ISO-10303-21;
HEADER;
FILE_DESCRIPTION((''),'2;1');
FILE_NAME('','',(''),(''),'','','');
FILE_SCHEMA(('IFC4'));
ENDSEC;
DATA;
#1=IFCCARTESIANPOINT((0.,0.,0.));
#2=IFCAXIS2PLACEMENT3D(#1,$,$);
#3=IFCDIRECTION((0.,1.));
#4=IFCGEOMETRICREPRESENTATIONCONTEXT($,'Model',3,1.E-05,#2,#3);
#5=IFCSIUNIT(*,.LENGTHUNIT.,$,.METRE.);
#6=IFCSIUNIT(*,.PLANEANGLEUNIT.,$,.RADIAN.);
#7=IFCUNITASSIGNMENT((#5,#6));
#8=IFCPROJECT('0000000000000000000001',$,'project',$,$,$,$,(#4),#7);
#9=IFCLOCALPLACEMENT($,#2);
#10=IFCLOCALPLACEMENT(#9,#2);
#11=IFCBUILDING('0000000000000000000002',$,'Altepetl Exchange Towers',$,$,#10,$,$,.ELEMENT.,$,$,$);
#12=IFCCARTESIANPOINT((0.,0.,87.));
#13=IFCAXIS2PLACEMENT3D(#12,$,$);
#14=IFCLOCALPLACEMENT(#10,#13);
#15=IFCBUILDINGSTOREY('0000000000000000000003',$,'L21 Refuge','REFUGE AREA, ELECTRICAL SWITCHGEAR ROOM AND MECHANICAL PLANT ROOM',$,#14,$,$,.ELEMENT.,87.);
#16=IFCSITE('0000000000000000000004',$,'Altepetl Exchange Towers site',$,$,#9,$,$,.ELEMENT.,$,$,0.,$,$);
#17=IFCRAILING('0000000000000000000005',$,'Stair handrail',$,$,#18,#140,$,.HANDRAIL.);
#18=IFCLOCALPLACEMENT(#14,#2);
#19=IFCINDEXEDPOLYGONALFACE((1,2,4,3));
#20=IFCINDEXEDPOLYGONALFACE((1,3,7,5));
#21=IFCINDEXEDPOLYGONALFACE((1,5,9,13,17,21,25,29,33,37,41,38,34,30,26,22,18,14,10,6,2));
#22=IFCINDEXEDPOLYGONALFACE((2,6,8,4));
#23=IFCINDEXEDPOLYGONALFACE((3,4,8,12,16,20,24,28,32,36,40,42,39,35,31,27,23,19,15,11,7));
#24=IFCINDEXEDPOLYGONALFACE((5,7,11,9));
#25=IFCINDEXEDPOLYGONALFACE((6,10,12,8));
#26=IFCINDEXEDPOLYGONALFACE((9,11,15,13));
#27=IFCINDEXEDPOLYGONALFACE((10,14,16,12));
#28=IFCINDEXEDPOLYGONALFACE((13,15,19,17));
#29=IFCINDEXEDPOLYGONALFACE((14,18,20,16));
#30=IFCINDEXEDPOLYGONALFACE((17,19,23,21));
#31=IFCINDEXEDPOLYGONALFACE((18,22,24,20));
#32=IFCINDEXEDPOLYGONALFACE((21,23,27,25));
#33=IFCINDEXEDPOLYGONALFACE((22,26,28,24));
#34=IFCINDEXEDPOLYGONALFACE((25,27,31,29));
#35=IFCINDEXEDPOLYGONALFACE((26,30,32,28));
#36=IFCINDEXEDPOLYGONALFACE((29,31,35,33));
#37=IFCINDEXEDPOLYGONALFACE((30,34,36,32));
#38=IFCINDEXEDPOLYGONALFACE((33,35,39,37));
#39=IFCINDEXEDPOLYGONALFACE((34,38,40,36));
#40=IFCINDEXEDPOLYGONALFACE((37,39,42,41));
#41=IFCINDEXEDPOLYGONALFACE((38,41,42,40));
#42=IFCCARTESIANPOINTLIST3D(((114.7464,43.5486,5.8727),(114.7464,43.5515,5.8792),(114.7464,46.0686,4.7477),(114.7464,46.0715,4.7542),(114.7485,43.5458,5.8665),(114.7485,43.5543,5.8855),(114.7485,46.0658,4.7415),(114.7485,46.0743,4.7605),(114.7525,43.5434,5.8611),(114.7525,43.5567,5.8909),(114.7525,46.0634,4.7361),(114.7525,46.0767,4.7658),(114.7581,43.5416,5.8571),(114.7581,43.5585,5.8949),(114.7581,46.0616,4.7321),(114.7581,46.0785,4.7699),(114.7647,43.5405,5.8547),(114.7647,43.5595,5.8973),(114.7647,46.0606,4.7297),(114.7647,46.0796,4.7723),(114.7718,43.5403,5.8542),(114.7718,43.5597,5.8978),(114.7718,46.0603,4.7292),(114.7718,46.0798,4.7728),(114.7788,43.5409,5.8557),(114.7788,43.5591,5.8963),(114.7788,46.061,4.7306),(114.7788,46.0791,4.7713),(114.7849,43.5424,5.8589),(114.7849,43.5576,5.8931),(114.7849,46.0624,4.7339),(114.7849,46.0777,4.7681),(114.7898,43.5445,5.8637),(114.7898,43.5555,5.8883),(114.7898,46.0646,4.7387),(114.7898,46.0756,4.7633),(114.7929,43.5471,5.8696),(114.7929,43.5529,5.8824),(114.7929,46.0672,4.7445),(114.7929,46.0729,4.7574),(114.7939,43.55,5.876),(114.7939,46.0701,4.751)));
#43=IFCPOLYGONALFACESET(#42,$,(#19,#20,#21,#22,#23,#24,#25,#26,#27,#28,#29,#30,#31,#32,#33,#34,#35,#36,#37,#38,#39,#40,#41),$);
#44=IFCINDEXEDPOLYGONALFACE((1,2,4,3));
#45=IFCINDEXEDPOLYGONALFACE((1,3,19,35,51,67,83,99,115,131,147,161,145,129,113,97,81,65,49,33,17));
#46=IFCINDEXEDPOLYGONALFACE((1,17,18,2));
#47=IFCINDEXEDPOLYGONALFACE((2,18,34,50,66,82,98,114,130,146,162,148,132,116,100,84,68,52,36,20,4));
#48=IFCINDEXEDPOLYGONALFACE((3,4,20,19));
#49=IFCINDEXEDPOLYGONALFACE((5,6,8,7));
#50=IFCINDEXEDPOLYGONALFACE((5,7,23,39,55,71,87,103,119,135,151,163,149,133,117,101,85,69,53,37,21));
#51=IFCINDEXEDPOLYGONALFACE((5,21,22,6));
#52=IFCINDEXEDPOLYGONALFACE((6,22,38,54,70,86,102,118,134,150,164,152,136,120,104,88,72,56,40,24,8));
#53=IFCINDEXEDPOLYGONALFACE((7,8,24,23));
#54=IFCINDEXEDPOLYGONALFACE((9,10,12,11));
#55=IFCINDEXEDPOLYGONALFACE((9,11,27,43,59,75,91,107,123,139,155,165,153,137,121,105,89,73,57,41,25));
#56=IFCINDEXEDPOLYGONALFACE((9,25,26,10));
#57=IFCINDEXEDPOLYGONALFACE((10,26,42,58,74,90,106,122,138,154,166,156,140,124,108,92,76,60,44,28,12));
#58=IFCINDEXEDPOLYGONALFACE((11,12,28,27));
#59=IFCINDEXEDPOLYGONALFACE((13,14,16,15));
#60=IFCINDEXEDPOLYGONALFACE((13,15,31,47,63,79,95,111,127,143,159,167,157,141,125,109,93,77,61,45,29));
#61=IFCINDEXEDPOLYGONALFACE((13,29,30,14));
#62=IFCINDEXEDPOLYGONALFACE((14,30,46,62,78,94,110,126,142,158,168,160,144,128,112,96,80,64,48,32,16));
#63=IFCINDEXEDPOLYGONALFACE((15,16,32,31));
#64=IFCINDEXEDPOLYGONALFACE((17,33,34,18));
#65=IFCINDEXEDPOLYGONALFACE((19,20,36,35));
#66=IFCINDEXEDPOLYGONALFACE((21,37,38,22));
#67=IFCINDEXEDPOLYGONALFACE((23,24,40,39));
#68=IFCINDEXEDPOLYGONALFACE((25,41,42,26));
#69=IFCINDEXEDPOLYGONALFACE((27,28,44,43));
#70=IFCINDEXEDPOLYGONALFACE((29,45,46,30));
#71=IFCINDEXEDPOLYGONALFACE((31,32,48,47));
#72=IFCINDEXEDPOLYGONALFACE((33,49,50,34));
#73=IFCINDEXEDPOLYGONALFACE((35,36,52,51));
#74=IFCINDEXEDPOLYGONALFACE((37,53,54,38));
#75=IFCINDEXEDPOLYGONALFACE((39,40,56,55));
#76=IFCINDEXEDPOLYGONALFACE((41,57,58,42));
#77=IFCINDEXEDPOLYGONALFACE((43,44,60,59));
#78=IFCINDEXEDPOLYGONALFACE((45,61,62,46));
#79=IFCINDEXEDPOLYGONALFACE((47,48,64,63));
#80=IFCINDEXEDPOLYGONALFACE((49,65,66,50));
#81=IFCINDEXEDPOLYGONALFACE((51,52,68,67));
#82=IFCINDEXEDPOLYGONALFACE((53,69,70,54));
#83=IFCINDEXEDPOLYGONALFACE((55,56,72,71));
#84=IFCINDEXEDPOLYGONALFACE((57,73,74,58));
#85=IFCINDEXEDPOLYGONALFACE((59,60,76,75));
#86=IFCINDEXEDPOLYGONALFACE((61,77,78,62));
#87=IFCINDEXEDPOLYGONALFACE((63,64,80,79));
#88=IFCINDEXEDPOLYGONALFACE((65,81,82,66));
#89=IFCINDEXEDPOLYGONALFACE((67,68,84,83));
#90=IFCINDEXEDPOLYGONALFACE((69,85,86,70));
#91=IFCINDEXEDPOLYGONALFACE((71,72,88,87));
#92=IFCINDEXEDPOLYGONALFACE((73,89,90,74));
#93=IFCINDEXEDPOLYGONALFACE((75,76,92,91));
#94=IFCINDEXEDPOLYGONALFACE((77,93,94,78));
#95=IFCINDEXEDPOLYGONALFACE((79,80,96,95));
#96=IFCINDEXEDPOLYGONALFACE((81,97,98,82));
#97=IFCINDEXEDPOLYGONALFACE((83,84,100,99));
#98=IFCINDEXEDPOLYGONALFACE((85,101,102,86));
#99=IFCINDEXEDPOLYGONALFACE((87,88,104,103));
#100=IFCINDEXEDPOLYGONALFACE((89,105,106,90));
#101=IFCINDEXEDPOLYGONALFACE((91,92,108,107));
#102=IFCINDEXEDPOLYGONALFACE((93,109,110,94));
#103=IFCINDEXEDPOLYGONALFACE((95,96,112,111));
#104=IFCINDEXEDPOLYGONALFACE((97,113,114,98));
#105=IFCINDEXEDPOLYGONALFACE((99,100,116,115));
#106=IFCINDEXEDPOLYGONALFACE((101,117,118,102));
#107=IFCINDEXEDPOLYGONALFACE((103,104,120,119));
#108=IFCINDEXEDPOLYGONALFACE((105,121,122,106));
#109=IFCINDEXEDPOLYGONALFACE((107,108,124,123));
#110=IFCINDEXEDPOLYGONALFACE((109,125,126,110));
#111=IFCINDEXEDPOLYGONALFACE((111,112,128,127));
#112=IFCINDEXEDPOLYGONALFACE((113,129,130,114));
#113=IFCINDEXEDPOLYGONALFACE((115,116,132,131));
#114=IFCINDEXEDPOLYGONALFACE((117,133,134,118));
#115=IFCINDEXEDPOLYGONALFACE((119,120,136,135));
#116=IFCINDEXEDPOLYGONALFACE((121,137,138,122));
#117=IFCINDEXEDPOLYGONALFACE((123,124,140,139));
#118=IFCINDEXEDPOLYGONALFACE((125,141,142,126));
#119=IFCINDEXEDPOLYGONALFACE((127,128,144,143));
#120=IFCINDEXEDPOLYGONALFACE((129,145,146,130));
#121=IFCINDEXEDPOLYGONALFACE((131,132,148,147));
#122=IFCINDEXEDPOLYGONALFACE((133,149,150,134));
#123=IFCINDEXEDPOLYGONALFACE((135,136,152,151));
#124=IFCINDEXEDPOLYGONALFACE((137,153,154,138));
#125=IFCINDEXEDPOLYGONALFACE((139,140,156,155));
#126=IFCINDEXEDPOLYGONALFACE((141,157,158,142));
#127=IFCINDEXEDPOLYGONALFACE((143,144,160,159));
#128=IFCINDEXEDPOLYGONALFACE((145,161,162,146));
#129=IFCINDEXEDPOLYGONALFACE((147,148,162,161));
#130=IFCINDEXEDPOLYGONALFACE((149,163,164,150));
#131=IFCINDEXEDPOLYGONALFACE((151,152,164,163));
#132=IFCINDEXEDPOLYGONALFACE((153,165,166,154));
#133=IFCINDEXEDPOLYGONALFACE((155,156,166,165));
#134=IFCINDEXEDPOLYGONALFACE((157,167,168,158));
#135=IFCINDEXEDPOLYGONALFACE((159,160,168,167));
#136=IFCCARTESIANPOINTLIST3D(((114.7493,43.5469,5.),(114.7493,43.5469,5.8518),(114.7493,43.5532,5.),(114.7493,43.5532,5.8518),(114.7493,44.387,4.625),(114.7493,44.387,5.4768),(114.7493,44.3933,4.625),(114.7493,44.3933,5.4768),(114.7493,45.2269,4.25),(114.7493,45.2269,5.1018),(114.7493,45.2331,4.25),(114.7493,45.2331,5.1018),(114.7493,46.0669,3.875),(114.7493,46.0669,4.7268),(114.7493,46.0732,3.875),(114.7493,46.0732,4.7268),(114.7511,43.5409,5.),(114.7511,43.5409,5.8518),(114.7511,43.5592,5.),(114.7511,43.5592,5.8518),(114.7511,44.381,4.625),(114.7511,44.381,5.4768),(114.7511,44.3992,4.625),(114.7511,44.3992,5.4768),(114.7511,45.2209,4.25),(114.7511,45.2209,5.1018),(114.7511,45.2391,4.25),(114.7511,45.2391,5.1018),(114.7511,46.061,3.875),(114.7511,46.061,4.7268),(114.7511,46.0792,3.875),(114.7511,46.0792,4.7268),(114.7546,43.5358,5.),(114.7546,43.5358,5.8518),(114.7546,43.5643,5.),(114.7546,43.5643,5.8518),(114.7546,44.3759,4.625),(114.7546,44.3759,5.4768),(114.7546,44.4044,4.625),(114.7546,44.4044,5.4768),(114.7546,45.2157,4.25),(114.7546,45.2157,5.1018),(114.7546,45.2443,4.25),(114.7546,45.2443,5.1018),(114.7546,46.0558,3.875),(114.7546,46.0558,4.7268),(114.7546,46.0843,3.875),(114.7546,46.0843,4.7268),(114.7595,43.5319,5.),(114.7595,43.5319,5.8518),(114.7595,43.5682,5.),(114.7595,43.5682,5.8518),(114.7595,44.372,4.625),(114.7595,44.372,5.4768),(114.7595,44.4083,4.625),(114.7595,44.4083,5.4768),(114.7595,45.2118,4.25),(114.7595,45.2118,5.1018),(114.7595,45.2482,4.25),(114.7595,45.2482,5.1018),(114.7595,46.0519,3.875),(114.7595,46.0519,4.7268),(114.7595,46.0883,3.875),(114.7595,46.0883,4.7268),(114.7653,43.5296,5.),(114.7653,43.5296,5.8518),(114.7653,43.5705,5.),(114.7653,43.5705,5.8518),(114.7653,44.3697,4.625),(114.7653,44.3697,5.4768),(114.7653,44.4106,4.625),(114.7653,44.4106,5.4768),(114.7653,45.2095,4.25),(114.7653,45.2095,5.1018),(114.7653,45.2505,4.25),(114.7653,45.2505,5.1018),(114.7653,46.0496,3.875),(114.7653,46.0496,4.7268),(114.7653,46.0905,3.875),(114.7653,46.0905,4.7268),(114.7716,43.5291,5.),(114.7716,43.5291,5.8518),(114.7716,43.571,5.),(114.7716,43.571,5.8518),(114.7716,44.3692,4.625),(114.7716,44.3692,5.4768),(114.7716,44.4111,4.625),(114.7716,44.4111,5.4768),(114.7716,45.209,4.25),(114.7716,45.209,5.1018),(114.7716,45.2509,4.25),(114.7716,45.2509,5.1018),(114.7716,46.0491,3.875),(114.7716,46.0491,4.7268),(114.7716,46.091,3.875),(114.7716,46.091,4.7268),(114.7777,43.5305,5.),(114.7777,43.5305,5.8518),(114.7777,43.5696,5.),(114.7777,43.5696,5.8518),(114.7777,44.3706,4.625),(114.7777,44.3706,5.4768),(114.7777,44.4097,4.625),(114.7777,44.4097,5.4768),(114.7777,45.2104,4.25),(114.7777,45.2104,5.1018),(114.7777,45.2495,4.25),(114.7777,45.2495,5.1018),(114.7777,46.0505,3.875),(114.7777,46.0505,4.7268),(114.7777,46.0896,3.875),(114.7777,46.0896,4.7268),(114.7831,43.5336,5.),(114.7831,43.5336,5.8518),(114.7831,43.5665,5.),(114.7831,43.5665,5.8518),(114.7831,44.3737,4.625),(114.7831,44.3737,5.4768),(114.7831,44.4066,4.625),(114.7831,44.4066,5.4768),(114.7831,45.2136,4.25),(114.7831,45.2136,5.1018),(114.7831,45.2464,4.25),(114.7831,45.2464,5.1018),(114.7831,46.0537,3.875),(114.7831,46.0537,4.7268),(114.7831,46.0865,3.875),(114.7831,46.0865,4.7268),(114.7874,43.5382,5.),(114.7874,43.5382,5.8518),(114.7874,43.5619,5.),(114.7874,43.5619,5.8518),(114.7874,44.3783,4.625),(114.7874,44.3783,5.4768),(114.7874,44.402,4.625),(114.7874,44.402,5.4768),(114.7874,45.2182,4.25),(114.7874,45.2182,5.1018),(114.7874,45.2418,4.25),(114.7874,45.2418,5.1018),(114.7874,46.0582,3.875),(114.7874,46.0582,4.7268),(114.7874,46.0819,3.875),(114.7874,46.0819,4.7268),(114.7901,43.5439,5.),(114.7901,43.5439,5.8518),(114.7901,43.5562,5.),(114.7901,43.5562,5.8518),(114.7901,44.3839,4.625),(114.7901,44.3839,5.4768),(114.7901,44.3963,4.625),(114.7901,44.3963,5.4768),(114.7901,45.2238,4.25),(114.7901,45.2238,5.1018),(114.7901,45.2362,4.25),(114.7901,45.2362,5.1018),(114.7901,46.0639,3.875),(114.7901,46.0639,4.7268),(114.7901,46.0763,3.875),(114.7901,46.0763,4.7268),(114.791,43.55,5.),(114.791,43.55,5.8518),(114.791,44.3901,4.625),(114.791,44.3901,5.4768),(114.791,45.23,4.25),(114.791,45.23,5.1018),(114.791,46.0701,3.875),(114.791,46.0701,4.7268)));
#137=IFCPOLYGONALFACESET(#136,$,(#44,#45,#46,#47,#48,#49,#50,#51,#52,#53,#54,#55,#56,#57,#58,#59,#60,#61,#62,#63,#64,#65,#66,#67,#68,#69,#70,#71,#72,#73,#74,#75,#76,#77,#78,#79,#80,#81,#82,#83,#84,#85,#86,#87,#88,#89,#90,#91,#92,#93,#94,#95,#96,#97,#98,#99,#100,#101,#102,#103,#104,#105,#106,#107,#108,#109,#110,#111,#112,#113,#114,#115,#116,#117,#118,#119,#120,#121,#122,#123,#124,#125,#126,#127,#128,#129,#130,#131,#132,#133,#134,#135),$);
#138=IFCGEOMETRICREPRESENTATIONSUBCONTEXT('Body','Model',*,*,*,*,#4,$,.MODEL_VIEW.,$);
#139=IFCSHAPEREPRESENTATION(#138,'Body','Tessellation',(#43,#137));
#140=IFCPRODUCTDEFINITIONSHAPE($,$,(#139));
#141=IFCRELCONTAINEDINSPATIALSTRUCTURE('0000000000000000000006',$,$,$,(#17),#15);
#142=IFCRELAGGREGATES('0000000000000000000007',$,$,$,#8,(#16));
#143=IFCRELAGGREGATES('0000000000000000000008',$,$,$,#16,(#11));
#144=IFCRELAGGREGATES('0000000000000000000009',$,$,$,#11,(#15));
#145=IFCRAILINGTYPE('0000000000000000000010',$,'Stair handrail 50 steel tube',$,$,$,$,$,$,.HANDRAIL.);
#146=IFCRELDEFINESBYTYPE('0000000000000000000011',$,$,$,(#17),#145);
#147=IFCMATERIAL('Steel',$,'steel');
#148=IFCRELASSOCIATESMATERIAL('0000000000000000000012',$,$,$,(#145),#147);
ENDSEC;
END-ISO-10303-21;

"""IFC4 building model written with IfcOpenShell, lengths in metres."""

from ifc_helpers import new_model, si_unit, direction, frame, origin, origin_2d, place, context, subcontext, project, spatial, circle, extrude, source, transform, mapped, material, type_object, element, save


model = new_model("IFC4")

# Units and contexts
model_context = context("Model", 3, precision=1e-05, world=origin(), true_north=direction((0.0, 1.0)))
body_context = subcontext(model_context, "Body", "Model", "MODEL_VIEW")
ifc_project = project(units=[si_unit("LENGTHUNIT", "METRE"), si_unit("PLANEANGLEUNIT", "RADIAN")], contexts=[model_context])

# Site, building, storey
site_placement = place(None, origin())
site = spatial("IfcSite", under=ifc_project, at=site_placement, Name="Altepetl Exchange Towers site", CompositionType="ELEMENT", RefElevation=0.0)
building_placement = place(site_placement, origin())
building = spatial("IfcBuilding", under=site, at=building_placement, Name="Altepetl Exchange Towers", CompositionType="ELEMENT")
storey_placement = place(building_placement, frame((0.0, 0.0, 87.0)))
storey = spatial("IfcBuildingStorey", under=building, at=storey_placement, Name="L21 Refuge", Description="REFUGE AREA, ELECTRICAL SWITCHGEAR ROOM AND MECHANICAL PLANT ROOM", CompositionType="ELEMENT", Elevation=87.0)

# Railing
ifc_material_1 = material(Name="Steel", Category="steel")
railing_type = type_object("IfcRailingType", Name="Stair handrail 50 steel tube", PredefinedType="HANDRAIL", material=ifc_material_1)
shared_shape = source(origin(), body_context, "Body", "SweptSolid", [
    extrude(circle(Radius=0.021, at=origin_2d()), origin(), (0.0, 0.0, 1.0), 0.8518),
])
railing_1_placement = place(storey_placement, frame((114.77, 46.0701, 3.875)))
element("IfcRailing", 1, at=railing_1_placement, inside=storey, type_object=railing_type, Name="Stair handrail", PredefinedType="HANDRAIL", context=body_context, shape_type="SweptSolid", body=[
    extrude(circle(Radius=0.0239, at=origin_2d()), frame((0.0, 0.0, 0.876), z_axis=(0.0, -0.913139, 0.407648), x_axis=(1.0, 0.0, 0.0)), (0.0, 0.0, 1.0), 2.7598),
    mapped(shared_shape, transform((0.0, 0.0, 0.0))),
    mapped(shared_shape, transform((0.0, -0.8401, 0.375))),
    mapped(shared_shape, transform((0.0, -1.6799, 0.75))),
    mapped(shared_shape, transform((0.0, -2.52, 1.125))),
])

save(model, "model.ifc")
